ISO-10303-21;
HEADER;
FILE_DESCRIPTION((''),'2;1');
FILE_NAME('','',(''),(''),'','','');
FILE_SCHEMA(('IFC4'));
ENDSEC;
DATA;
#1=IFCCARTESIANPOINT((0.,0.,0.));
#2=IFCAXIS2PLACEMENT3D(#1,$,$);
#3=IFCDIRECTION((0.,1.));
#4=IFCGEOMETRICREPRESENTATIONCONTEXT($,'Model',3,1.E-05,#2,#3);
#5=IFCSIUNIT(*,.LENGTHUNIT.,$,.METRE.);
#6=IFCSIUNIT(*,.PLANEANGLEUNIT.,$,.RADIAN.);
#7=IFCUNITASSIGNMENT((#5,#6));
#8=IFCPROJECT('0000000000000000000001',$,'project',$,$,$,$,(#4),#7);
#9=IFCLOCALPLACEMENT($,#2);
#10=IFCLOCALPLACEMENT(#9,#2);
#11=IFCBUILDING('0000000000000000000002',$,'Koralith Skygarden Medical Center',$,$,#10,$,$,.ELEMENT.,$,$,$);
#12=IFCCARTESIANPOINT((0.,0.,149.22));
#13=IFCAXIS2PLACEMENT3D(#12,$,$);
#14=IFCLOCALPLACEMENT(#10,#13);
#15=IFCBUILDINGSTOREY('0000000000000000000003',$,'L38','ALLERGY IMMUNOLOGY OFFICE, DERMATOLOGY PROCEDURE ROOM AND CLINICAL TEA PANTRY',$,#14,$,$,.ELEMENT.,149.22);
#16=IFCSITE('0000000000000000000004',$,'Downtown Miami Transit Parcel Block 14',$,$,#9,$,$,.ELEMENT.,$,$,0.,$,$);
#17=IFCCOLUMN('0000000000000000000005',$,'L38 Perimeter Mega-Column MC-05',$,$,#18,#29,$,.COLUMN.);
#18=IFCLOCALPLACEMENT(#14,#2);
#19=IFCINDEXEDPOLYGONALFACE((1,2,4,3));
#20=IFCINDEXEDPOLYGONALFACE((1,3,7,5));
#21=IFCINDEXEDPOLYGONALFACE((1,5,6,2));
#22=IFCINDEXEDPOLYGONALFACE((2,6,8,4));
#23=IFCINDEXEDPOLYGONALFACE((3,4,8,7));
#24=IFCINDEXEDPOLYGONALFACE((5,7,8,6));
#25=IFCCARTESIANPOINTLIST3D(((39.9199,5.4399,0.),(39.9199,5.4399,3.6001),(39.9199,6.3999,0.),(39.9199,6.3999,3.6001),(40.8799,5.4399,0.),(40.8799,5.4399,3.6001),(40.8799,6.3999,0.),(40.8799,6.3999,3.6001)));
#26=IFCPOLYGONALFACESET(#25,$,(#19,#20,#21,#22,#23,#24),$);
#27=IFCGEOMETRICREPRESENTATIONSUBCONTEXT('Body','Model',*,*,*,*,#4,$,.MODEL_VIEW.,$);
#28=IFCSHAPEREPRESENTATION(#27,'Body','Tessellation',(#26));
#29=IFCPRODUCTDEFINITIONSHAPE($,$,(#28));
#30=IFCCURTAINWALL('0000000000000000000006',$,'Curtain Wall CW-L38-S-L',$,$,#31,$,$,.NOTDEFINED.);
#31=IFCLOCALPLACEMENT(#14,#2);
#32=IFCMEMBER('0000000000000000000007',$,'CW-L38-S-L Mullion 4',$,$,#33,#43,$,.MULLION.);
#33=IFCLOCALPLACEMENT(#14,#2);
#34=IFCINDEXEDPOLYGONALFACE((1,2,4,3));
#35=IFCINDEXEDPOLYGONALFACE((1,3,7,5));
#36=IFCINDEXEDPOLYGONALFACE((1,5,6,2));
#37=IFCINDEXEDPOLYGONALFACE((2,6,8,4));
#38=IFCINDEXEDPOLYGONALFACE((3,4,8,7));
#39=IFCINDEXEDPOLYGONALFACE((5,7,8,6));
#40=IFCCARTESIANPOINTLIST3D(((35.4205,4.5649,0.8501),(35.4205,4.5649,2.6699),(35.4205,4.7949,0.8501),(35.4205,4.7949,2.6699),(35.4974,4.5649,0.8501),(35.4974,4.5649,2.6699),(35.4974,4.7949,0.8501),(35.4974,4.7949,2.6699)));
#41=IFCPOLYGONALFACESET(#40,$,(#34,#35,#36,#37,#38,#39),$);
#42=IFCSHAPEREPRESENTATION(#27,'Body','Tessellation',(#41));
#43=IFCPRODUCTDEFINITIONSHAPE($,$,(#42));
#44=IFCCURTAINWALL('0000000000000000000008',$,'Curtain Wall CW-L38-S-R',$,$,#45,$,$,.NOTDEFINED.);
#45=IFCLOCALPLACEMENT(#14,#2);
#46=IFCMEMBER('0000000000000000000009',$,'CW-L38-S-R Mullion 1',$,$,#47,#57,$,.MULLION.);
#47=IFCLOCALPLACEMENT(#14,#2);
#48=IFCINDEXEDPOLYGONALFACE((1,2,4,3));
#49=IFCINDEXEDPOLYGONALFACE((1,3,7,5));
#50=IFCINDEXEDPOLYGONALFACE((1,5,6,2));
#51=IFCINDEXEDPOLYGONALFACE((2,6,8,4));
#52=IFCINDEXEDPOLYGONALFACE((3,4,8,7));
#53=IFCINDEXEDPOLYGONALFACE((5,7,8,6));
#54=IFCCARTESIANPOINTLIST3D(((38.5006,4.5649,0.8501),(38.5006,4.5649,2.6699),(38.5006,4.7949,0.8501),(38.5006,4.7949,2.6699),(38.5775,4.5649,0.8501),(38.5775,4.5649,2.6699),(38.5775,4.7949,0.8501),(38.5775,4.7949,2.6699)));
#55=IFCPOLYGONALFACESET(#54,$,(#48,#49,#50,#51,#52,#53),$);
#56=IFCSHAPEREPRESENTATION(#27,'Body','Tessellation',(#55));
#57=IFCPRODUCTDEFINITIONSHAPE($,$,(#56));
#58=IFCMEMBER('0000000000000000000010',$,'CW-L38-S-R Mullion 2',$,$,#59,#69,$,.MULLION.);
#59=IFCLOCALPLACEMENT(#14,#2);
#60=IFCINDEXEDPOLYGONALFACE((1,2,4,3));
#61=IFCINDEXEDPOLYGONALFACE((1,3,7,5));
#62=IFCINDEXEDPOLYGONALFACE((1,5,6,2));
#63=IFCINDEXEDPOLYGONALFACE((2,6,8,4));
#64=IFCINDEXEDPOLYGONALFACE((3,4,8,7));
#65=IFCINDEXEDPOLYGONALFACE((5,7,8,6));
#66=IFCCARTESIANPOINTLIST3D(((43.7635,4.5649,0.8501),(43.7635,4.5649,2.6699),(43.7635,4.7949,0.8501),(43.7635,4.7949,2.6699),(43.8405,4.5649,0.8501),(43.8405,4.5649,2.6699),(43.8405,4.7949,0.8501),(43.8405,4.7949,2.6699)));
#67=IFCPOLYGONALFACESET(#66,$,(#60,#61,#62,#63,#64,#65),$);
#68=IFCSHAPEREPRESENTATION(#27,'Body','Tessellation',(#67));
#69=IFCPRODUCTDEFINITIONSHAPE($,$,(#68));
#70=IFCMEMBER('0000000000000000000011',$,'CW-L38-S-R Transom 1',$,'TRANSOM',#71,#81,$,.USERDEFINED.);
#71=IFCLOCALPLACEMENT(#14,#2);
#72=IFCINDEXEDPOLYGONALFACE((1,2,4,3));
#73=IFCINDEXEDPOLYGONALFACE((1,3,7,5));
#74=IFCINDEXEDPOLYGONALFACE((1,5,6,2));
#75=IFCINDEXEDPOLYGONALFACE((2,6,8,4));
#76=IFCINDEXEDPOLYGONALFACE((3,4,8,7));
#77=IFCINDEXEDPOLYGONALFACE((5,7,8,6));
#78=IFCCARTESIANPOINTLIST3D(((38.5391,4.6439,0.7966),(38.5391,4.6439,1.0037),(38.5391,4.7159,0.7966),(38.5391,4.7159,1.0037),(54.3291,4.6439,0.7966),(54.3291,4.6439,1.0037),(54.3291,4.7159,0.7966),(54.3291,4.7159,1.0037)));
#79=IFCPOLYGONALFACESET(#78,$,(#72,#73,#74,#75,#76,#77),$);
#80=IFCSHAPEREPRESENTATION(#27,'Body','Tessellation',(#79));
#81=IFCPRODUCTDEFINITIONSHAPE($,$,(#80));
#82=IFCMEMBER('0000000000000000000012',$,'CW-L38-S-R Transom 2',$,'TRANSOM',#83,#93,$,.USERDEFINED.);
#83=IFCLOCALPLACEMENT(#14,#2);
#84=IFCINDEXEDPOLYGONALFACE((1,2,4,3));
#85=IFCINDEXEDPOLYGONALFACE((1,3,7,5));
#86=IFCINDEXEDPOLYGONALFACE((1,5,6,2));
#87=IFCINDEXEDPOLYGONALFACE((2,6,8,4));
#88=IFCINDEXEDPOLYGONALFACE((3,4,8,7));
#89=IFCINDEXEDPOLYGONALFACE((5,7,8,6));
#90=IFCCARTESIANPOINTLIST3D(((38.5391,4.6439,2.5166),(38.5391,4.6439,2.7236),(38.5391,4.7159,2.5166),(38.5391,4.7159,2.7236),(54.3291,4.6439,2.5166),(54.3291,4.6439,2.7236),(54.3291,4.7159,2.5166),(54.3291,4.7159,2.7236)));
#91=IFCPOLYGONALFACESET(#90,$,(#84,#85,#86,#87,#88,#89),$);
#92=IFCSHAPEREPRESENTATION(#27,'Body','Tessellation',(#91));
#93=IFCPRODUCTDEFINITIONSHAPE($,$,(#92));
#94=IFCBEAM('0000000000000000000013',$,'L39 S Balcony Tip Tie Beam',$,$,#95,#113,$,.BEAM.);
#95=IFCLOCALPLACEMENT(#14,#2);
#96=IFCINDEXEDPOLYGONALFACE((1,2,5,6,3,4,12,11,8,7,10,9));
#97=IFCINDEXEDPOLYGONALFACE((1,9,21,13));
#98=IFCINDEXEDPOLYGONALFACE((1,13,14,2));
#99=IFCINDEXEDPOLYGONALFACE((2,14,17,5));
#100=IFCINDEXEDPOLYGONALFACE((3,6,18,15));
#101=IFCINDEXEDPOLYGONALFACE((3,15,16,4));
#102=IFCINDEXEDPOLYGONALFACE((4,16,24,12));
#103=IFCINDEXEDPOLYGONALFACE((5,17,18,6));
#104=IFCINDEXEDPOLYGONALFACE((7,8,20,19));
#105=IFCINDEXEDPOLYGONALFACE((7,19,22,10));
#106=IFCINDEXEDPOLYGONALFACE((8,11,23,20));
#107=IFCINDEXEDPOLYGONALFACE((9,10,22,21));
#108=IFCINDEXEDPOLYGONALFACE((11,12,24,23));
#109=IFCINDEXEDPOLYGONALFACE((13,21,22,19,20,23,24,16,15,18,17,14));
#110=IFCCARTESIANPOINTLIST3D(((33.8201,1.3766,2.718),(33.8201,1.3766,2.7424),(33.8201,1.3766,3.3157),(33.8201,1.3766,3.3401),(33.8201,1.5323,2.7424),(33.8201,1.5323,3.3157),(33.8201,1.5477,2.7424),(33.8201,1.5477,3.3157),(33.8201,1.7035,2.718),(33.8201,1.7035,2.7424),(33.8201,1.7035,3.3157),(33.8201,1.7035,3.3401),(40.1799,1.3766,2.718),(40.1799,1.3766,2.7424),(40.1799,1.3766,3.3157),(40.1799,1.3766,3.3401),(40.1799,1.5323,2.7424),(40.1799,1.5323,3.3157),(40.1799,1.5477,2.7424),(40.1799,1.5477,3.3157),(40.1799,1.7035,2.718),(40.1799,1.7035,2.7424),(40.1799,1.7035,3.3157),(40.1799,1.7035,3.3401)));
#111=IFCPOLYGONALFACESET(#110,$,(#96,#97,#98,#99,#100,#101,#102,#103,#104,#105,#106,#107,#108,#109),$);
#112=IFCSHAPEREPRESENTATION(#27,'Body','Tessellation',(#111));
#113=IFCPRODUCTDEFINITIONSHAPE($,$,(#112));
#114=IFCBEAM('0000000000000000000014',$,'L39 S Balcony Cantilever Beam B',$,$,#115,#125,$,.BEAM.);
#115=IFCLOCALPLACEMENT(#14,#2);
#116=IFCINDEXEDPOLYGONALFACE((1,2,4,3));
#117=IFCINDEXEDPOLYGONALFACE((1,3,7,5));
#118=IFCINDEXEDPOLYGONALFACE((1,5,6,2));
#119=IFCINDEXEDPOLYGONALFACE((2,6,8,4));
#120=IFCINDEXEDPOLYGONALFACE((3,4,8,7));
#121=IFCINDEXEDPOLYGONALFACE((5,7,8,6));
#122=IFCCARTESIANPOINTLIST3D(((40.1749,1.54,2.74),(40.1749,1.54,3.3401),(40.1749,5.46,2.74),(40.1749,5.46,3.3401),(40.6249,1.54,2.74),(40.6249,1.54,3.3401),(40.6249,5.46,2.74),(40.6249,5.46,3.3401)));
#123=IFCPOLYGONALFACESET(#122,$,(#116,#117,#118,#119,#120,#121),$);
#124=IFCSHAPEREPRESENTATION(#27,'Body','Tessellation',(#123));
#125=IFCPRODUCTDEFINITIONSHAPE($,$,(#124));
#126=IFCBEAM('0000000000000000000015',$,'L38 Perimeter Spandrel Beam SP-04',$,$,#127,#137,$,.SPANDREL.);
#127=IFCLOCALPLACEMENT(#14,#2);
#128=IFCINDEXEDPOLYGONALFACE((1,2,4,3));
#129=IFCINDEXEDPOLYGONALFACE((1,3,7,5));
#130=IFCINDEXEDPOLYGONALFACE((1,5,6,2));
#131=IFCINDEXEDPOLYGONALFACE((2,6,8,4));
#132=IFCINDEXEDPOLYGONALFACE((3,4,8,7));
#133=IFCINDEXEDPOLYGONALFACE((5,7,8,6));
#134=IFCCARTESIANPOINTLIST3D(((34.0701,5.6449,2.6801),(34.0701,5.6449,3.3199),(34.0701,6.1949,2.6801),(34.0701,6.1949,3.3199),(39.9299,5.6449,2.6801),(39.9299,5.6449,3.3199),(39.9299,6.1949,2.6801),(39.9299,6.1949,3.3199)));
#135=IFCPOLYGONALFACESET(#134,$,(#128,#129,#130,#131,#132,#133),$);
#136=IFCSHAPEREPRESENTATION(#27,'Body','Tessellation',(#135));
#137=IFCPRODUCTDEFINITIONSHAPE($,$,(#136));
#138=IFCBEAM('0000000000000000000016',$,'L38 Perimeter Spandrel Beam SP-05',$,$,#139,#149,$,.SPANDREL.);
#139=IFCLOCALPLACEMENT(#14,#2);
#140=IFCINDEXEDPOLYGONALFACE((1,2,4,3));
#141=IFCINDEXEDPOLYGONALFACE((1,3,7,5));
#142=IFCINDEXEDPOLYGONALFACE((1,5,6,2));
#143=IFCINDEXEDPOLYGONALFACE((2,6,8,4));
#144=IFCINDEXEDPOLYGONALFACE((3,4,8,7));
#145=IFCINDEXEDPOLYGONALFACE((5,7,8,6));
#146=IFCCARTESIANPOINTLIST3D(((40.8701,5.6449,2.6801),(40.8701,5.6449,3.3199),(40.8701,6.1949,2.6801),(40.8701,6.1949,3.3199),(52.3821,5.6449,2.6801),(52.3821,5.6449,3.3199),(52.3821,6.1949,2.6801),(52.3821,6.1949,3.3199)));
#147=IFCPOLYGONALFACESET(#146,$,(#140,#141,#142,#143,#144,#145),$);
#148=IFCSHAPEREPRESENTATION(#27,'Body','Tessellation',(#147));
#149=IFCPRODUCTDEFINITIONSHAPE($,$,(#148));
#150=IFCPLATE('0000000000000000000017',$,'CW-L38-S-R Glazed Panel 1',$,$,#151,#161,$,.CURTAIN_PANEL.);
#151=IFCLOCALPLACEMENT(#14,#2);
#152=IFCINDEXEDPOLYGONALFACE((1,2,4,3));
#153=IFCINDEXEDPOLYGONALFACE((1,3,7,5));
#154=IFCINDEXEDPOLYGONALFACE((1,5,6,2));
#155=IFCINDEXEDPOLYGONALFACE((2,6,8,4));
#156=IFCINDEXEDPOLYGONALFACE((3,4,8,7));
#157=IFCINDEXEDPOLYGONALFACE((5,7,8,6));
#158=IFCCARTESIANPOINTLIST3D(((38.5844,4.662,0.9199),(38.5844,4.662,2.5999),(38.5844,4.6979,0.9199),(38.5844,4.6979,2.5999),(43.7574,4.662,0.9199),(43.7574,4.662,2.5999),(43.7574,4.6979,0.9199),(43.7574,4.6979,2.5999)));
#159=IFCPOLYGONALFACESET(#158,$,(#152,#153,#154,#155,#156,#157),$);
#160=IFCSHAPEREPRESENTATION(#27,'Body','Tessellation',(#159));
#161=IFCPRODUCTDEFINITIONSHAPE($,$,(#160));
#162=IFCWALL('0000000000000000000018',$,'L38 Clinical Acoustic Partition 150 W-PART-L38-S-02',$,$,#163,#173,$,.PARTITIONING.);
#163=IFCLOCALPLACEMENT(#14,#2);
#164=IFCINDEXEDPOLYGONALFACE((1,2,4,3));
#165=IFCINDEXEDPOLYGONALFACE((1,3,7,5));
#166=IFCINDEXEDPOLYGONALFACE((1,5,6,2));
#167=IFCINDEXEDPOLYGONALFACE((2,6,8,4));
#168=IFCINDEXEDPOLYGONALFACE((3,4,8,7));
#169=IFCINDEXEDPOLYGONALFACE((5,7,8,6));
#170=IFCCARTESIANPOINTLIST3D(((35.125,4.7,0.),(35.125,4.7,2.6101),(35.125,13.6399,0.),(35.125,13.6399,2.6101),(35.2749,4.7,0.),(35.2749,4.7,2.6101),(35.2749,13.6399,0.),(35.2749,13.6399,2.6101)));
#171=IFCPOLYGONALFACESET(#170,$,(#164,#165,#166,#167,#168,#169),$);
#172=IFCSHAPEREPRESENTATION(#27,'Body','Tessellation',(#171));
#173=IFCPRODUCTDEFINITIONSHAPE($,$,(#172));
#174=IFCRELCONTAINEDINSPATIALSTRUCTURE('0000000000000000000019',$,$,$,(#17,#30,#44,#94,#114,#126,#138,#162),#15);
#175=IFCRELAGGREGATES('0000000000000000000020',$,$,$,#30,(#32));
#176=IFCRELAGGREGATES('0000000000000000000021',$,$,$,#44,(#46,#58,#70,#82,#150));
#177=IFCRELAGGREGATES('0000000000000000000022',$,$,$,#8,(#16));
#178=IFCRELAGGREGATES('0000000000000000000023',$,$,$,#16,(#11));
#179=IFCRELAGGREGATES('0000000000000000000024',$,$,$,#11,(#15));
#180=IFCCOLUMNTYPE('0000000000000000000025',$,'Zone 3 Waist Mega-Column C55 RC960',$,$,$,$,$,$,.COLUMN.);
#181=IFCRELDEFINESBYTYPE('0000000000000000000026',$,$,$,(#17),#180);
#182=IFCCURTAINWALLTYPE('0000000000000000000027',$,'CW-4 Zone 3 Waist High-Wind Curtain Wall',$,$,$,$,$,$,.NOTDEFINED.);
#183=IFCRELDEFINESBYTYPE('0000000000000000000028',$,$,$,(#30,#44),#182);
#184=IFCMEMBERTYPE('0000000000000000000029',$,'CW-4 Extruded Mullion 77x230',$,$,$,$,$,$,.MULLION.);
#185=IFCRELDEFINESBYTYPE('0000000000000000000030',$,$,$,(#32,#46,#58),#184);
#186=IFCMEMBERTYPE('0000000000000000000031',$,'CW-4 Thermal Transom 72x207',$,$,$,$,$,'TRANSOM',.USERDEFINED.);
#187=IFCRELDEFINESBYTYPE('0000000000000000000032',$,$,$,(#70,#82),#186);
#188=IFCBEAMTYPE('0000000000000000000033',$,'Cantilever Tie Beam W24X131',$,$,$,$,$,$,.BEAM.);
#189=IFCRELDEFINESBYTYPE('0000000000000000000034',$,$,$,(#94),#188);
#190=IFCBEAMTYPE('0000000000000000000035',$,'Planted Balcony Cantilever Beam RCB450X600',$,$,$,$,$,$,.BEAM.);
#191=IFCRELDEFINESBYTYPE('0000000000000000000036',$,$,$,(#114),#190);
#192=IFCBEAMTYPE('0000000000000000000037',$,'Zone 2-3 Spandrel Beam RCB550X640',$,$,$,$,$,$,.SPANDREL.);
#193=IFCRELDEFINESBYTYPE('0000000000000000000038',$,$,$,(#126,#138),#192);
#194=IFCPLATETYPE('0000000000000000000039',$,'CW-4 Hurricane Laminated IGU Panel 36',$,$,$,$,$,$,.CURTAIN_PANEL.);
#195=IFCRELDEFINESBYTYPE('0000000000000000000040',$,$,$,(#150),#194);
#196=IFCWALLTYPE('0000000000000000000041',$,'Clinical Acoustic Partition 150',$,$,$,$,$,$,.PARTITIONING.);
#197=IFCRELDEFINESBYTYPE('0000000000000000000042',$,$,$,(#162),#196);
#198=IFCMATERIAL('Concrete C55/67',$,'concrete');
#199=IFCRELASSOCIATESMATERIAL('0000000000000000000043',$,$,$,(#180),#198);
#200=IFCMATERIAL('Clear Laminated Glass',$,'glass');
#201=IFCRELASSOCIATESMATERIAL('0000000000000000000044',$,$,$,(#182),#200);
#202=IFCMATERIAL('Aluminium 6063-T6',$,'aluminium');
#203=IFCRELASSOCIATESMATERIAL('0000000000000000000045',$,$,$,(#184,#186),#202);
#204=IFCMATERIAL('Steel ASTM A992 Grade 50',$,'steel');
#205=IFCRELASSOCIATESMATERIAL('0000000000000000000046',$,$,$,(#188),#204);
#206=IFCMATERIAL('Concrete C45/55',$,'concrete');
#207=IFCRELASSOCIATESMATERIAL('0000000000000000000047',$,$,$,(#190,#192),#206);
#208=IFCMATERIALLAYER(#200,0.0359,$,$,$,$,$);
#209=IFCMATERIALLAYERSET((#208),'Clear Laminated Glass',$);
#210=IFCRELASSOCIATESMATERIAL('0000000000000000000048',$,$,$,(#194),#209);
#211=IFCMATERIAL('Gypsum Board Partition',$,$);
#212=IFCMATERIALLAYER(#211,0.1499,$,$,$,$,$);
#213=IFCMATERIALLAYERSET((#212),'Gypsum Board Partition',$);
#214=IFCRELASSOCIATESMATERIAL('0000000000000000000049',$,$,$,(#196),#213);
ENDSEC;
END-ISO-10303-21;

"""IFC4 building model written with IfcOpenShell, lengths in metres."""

from ifc_helpers import new_model, si_unit, direction, frame, frame_2d, origin, origin_2d, place, context, subcontext, project, spatial, rectangle, i_section, extrude, material, layer, layer_set, material_profile, profile_set, type_object, element, aggregate, save


model = new_model("IFC4")

# Units and contexts
model_context = context("Model", 3, precision=1e-05, world=origin(), true_north=direction((0.0, 1.0)))
body_context = subcontext(model_context, "Body", "Model", "MODEL_VIEW")
ifc_project = project(units=[si_unit("LENGTHUNIT", "METRE"), si_unit("PLANEANGLEUNIT", "RADIAN")], contexts=[model_context])

# Site, building, storey
site_placement = place(None, origin())
site = spatial("IfcSite", under=ifc_project, at=site_placement, Name="Downtown Miami Transit Parcel Block 14", CompositionType="ELEMENT", RefElevation=0.0)
building_placement = place(site_placement, origin())
building = spatial("IfcBuilding", under=site, at=building_placement, Name="Koralith Skygarden Medical Center", CompositionType="ELEMENT")
storey_placement = place(building_placement, frame((0.0, 0.0, 149.22)))
storey = spatial("IfcBuildingStorey", under=building, at=storey_placement, Name="L38", Description="ALLERGY IMMUNOLOGY OFFICE, DERMATOLOGY PROCEDURE ROOM AND CLINICAL TEA PANTRY", CompositionType="ELEMENT", Elevation=149.22)

# Column
ifc_material_1 = material(Name="Concrete C55/67", Category="concrete")
ifc_material_profile_1 = material_profile(ifc_material_1, rectangle(XDim=0.96, YDim=0.96, at=origin_2d()), Name="RC960X960")
ifc_profile_set_1 = profile_set([ifc_material_profile_1], Name="Concrete C55/67")
column_type = type_object("IfcColumnType", Name="Zone 3 Waist Mega-Column C55 RC960", PredefinedType="COLUMN", material=ifc_profile_set_1)
column_placement = place(storey_placement, frame((40.3999, 5.9199, 0.0), z_axis=(0.0, 0.0, 1.0), x_axis=(1.0, 0.0, 0.0)))
element("IfcColumn", 1, at=column_placement, inside=storey, type_object=column_type, Name="L38 Perimeter Mega-Column MC-05", PredefinedType="COLUMN", context=body_context, shape_type="SweptSolid", body=[
    extrude(rectangle(XDim=0.96, YDim=0.96, at=origin_2d()), origin(), (0.0, 0.0, 1.0), 3.6001),
])

# Curtain wall, member
ifc_material_2 = material(Name="Clear Laminated Glass", Category="glass")
curtain_wall_type = type_object("IfcCurtainWallType", Name="CW-4 Zone 3 Waist High-Wind Curtain Wall", PredefinedType="NOTDEFINED", material=ifc_material_2)
curtain_wall_1_placement = place(storey_placement, origin())
curtain_wall_1 = element("IfcCurtainWall", 2, at=curtain_wall_1_placement, inside=storey, type_object=curtain_wall_type, Name="Curtain Wall CW-L38-S-L", PredefinedType="NOTDEFINED")
ifc_material_3 = material(Name="Aluminium 6063-T6", Category="aluminium")
ifc_material_profile_2 = material_profile(ifc_material_3, rectangle(XDim=0.0769, YDim=0.23, at=origin_2d()), Name="MUL77X230")
ifc_profile_set_2 = profile_set([ifc_material_profile_2], Name="Aluminium 6063-T6")
member_type_1 = type_object("IfcMemberType", Name="CW-4 Extruded Mullion 77x230", PredefinedType="MULLION", material=ifc_profile_set_2)
member_1_placement = place(storey_placement, frame((35.459, 4.6799, 0.8501), z_axis=(0.0, 0.0, 1.0), x_axis=(1.0, 0.0, 0.0)))
member_1 = element("IfcMember", 3, at=member_1_placement, type_object=member_type_1, Name="CW-L38-S-L Mullion 4", PredefinedType="MULLION", context=body_context, shape_type="SweptSolid", body=[
    extrude(rectangle(XDim=0.0769, YDim=0.23, at=origin_2d()), origin(), (0.0, 0.0, 1.0), 1.8198),
])
aggregate(curtain_wall_1, [member_1])

# Curtain wall, members
curtain_wall_2_placement = place(storey_placement, origin())
curtain_wall_2 = element("IfcCurtainWall", 4, at=curtain_wall_2_placement, inside=storey, type_object=curtain_wall_type, Name="Curtain Wall CW-L38-S-R", PredefinedType="NOTDEFINED")
member_2_placement = place(storey_placement, frame((38.5391, 4.6799, 0.8501), z_axis=(0.0, 0.0, 1.0), x_axis=(1.0, 0.0, 0.0)))
member_2 = element("IfcMember", 5, at=member_2_placement, type_object=member_type_1, Name="CW-L38-S-R Mullion 1", PredefinedType="MULLION", context=body_context, shape_type="SweptSolid", body=[
    extrude(rectangle(XDim=0.0769, YDim=0.23, at=origin_2d()), origin(), (0.0, 0.0, 1.0), 1.8198),
])
member_3_placement = place(storey_placement, frame((43.802, 4.6799, 0.8501), z_axis=(0.0, 0.0, 1.0), x_axis=(1.0, 0.0, 0.0)))
member_3 = element("IfcMember", 6, at=member_3_placement, type_object=member_type_1, Name="CW-L38-S-R Mullion 2", PredefinedType="MULLION", context=body_context, shape_type="SweptSolid", body=[
    extrude(rectangle(XDim=0.0769, YDim=0.23, at=origin_2d()), origin(), (0.0, 0.0, 1.0), 1.8198),
])
ifc_material_profile_3 = material_profile(ifc_material_3, rectangle(XDim=0.072, YDim=0.207, at=origin_2d()), Name="TRN72X207")
ifc_profile_set_3 = profile_set([ifc_material_profile_3], Name="Aluminium 6063-T6")
member_type_2 = type_object("IfcMemberType", Name="CW-4 Thermal Transom 72x207", ElementType="TRANSOM", PredefinedType="USERDEFINED", material=ifc_profile_set_3)
member_4_placement = place(storey_placement, frame((38.5391, 4.6799, 0.9001), z_axis=(1.0, 0.0, 0.0), x_axis=(0.0, 1.0, 0.0)))
member_4 = element("IfcMember", 7, at=member_4_placement, type_object=member_type_2, Name="CW-L38-S-R Transom 1", ObjectType="TRANSOM", PredefinedType="USERDEFINED", context=body_context, shape_type="SweptSolid", body=[
    extrude(rectangle(XDim=0.072, YDim=0.207, at=origin_2d()), origin(), (0.0, 0.0, 1.0), 15.79),
])
member_5_placement = place(storey_placement, frame((38.5391, 4.6799, 2.6201), z_axis=(1.0, 0.0, 0.0), x_axis=(0.0, 1.0, 0.0)))
member_5 = element("IfcMember", 8, at=member_5_placement, type_object=member_type_2, Name="CW-L38-S-R Transom 2", ObjectType="TRANSOM", PredefinedType="USERDEFINED", context=body_context, shape_type="SweptSolid", body=[
    extrude(rectangle(XDim=0.072, YDim=0.207, at=origin_2d()), origin(), (0.0, 0.0, 1.0), 15.79),
])

# Beams
ifc_material_4 = material(Name="Steel ASTM A992 Grade 50", Category="steel")
ifc_material_profile_4 = material_profile(ifc_material_4, i_section(OverallWidth=0.3269, OverallDepth=0.6221, WebThickness=0.0154, FlangeThickness=0.0244, at=origin_2d()), Name="W24X131")
ifc_profile_set_4 = profile_set([ifc_material_profile_4], Name="Steel ASTM A992 Grade 50")
beam_type_1 = type_object("IfcBeamType", Name="Cantilever Tie Beam W24X131", PredefinedType="BEAM", material=ifc_profile_set_4)
beam_1_placement = place(storey_placement, frame((33.8201, 1.54, 3.0291), z_axis=(1.0, 0.0, 0.0), x_axis=(0.0, 1.0, 0.0)))
element("IfcBeam", 9, at=beam_1_placement, inside=storey, type_object=beam_type_1, Name="L39 S Balcony Tip Tie Beam", PredefinedType="BEAM", context=body_context, shape_type="SweptSolid", body=[
    extrude(i_section(OverallWidth=0.3269, OverallDepth=0.6221, WebThickness=0.0154, FlangeThickness=0.0244, at=origin_2d()), origin(), (0.0, 0.0, 1.0), 6.3599),
])
ifc_material_5 = material(Name="Concrete C45/55", Category="concrete")
ifc_material_profile_5 = material_profile(ifc_material_5, rectangle(XDim=0.45, YDim=0.6001, at=origin_2d()), Name="RCB450X600")
ifc_profile_set_5 = profile_set([ifc_material_profile_5], Name="Concrete C45/55")
beam_type_2 = type_object("IfcBeamType", Name="Planted Balcony Cantilever Beam RCB450X600", PredefinedType="BEAM", material=ifc_profile_set_5)
beam_2_placement = place(storey_placement, frame((40.3999, 5.46, 3.04), z_axis=(0.0, -1.0, 0.0), x_axis=(1.0, 0.0, 0.0)))
element("IfcBeam", 10, at=beam_2_placement, inside=storey, type_object=beam_type_2, Name="L39 S Balcony Cantilever Beam B", PredefinedType="BEAM", context=body_context, shape_type="SweptSolid", body=[
    extrude(rectangle(XDim=0.45, YDim=0.6001, at=origin_2d()), origin(), (0.0, 0.0, 1.0), 3.9199),
])
ifc_material_profile_6 = material_profile(ifc_material_5, rectangle(XDim=0.55, YDim=0.6399, at=origin_2d()), Name="RCB550X640")
ifc_profile_set_6 = profile_set([ifc_material_profile_6], Name="Concrete C45/55")
beam_type_3 = type_object("IfcBeamType", Name="Zone 2-3 Spandrel Beam RCB550X640", PredefinedType="SPANDREL", material=ifc_profile_set_6)
beam_3_placement = place(storey_placement, frame((34.0701, 5.9199, 3.0), z_axis=(1.0, 0.0, 0.0), x_axis=(0.0, 1.0, 0.0)))
element("IfcBeam", 11, at=beam_3_placement, inside=storey, type_object=beam_type_3, Name="L38 Perimeter Spandrel Beam SP-04", PredefinedType="SPANDREL", context=body_context, shape_type="SweptSolid", body=[
    extrude(rectangle(XDim=0.55, YDim=0.6399, at=origin_2d()), origin(), (0.0, 0.0, 1.0), 5.8599),
])
beam_4_placement = place(storey_placement, frame((40.8701, 5.9199, 3.0), z_axis=(1.0, 0.0, 0.0), x_axis=(0.0, 1.0, 0.0)))
element("IfcBeam", 12, at=beam_4_placement, inside=storey, type_object=beam_type_3, Name="L38 Perimeter Spandrel Beam SP-05", PredefinedType="SPANDREL", context=body_context, shape_type="SweptSolid", body=[
    extrude(rectangle(XDim=0.55, YDim=0.6399, at=origin_2d()), origin(), (0.0, 0.0, 1.0), 11.512),
])

# Plate
ifc_layer_1 = layer(ifc_material_2, 0.0359)
ifc_layer_set_1 = layer_set([ifc_layer_1], Name="Clear Laminated Glass")
plate_type = type_object("IfcPlateType", Name="CW-4 Hurricane Laminated IGU Panel 36", PredefinedType="CURTAIN_PANEL", material=ifc_layer_set_1)
plate_placement = place(storey_placement, frame((41.1709, 4.6799, 0.9199), z_axis=(0.0, 0.0, 1.0), x_axis=(1.0, 0.0, 0.0)))
plate = element("IfcPlate", 13, at=plate_placement, type_object=plate_type, Name="CW-L38-S-R Glazed Panel 1", PredefinedType="CURTAIN_PANEL", context=body_context, shape_type="SweptSolid", body=[
    extrude(rectangle(XDim=5.1731, YDim=0.0359, at=origin_2d()), origin(), (0.0, 0.0, 1.0), 1.6799),
])
aggregate(curtain_wall_2, [member_2, member_3, member_4, member_5, plate])

# Wall
ifc_material_6 = material(Name="Gypsum Board Partition")
ifc_layer_2 = layer(ifc_material_6, 0.1499)
ifc_layer_set_2 = layer_set([ifc_layer_2], Name="Gypsum Board Partition")
wall_type_1 = type_object("IfcWallType", Name="Clinical Acoustic Partition 150", PredefinedType="PARTITIONING", material=ifc_layer_set_2)
wall_1_placement = place(storey_placement, frame((35.2, 13.6399, 0.0), z_axis=(0.0, 0.0, 1.0), x_axis=(0.0, -1.0, 0.0)))
element("IfcWall", 14, at=wall_1_placement, inside=storey, type_object=wall_type_1, Name="L38 Clinical Acoustic Partition 150 W-PART-L38-S-02", PredefinedType="PARTITIONING", context=body_context, shape_type="SweptSolid", body=[
    extrude(rectangle(XDim=8.9399, YDim=0.1499, at=frame_2d((4.47, 0.0))), origin(), (0.0, 0.0, 1.0), 2.6101),
])

save(model, "model.ifc")
